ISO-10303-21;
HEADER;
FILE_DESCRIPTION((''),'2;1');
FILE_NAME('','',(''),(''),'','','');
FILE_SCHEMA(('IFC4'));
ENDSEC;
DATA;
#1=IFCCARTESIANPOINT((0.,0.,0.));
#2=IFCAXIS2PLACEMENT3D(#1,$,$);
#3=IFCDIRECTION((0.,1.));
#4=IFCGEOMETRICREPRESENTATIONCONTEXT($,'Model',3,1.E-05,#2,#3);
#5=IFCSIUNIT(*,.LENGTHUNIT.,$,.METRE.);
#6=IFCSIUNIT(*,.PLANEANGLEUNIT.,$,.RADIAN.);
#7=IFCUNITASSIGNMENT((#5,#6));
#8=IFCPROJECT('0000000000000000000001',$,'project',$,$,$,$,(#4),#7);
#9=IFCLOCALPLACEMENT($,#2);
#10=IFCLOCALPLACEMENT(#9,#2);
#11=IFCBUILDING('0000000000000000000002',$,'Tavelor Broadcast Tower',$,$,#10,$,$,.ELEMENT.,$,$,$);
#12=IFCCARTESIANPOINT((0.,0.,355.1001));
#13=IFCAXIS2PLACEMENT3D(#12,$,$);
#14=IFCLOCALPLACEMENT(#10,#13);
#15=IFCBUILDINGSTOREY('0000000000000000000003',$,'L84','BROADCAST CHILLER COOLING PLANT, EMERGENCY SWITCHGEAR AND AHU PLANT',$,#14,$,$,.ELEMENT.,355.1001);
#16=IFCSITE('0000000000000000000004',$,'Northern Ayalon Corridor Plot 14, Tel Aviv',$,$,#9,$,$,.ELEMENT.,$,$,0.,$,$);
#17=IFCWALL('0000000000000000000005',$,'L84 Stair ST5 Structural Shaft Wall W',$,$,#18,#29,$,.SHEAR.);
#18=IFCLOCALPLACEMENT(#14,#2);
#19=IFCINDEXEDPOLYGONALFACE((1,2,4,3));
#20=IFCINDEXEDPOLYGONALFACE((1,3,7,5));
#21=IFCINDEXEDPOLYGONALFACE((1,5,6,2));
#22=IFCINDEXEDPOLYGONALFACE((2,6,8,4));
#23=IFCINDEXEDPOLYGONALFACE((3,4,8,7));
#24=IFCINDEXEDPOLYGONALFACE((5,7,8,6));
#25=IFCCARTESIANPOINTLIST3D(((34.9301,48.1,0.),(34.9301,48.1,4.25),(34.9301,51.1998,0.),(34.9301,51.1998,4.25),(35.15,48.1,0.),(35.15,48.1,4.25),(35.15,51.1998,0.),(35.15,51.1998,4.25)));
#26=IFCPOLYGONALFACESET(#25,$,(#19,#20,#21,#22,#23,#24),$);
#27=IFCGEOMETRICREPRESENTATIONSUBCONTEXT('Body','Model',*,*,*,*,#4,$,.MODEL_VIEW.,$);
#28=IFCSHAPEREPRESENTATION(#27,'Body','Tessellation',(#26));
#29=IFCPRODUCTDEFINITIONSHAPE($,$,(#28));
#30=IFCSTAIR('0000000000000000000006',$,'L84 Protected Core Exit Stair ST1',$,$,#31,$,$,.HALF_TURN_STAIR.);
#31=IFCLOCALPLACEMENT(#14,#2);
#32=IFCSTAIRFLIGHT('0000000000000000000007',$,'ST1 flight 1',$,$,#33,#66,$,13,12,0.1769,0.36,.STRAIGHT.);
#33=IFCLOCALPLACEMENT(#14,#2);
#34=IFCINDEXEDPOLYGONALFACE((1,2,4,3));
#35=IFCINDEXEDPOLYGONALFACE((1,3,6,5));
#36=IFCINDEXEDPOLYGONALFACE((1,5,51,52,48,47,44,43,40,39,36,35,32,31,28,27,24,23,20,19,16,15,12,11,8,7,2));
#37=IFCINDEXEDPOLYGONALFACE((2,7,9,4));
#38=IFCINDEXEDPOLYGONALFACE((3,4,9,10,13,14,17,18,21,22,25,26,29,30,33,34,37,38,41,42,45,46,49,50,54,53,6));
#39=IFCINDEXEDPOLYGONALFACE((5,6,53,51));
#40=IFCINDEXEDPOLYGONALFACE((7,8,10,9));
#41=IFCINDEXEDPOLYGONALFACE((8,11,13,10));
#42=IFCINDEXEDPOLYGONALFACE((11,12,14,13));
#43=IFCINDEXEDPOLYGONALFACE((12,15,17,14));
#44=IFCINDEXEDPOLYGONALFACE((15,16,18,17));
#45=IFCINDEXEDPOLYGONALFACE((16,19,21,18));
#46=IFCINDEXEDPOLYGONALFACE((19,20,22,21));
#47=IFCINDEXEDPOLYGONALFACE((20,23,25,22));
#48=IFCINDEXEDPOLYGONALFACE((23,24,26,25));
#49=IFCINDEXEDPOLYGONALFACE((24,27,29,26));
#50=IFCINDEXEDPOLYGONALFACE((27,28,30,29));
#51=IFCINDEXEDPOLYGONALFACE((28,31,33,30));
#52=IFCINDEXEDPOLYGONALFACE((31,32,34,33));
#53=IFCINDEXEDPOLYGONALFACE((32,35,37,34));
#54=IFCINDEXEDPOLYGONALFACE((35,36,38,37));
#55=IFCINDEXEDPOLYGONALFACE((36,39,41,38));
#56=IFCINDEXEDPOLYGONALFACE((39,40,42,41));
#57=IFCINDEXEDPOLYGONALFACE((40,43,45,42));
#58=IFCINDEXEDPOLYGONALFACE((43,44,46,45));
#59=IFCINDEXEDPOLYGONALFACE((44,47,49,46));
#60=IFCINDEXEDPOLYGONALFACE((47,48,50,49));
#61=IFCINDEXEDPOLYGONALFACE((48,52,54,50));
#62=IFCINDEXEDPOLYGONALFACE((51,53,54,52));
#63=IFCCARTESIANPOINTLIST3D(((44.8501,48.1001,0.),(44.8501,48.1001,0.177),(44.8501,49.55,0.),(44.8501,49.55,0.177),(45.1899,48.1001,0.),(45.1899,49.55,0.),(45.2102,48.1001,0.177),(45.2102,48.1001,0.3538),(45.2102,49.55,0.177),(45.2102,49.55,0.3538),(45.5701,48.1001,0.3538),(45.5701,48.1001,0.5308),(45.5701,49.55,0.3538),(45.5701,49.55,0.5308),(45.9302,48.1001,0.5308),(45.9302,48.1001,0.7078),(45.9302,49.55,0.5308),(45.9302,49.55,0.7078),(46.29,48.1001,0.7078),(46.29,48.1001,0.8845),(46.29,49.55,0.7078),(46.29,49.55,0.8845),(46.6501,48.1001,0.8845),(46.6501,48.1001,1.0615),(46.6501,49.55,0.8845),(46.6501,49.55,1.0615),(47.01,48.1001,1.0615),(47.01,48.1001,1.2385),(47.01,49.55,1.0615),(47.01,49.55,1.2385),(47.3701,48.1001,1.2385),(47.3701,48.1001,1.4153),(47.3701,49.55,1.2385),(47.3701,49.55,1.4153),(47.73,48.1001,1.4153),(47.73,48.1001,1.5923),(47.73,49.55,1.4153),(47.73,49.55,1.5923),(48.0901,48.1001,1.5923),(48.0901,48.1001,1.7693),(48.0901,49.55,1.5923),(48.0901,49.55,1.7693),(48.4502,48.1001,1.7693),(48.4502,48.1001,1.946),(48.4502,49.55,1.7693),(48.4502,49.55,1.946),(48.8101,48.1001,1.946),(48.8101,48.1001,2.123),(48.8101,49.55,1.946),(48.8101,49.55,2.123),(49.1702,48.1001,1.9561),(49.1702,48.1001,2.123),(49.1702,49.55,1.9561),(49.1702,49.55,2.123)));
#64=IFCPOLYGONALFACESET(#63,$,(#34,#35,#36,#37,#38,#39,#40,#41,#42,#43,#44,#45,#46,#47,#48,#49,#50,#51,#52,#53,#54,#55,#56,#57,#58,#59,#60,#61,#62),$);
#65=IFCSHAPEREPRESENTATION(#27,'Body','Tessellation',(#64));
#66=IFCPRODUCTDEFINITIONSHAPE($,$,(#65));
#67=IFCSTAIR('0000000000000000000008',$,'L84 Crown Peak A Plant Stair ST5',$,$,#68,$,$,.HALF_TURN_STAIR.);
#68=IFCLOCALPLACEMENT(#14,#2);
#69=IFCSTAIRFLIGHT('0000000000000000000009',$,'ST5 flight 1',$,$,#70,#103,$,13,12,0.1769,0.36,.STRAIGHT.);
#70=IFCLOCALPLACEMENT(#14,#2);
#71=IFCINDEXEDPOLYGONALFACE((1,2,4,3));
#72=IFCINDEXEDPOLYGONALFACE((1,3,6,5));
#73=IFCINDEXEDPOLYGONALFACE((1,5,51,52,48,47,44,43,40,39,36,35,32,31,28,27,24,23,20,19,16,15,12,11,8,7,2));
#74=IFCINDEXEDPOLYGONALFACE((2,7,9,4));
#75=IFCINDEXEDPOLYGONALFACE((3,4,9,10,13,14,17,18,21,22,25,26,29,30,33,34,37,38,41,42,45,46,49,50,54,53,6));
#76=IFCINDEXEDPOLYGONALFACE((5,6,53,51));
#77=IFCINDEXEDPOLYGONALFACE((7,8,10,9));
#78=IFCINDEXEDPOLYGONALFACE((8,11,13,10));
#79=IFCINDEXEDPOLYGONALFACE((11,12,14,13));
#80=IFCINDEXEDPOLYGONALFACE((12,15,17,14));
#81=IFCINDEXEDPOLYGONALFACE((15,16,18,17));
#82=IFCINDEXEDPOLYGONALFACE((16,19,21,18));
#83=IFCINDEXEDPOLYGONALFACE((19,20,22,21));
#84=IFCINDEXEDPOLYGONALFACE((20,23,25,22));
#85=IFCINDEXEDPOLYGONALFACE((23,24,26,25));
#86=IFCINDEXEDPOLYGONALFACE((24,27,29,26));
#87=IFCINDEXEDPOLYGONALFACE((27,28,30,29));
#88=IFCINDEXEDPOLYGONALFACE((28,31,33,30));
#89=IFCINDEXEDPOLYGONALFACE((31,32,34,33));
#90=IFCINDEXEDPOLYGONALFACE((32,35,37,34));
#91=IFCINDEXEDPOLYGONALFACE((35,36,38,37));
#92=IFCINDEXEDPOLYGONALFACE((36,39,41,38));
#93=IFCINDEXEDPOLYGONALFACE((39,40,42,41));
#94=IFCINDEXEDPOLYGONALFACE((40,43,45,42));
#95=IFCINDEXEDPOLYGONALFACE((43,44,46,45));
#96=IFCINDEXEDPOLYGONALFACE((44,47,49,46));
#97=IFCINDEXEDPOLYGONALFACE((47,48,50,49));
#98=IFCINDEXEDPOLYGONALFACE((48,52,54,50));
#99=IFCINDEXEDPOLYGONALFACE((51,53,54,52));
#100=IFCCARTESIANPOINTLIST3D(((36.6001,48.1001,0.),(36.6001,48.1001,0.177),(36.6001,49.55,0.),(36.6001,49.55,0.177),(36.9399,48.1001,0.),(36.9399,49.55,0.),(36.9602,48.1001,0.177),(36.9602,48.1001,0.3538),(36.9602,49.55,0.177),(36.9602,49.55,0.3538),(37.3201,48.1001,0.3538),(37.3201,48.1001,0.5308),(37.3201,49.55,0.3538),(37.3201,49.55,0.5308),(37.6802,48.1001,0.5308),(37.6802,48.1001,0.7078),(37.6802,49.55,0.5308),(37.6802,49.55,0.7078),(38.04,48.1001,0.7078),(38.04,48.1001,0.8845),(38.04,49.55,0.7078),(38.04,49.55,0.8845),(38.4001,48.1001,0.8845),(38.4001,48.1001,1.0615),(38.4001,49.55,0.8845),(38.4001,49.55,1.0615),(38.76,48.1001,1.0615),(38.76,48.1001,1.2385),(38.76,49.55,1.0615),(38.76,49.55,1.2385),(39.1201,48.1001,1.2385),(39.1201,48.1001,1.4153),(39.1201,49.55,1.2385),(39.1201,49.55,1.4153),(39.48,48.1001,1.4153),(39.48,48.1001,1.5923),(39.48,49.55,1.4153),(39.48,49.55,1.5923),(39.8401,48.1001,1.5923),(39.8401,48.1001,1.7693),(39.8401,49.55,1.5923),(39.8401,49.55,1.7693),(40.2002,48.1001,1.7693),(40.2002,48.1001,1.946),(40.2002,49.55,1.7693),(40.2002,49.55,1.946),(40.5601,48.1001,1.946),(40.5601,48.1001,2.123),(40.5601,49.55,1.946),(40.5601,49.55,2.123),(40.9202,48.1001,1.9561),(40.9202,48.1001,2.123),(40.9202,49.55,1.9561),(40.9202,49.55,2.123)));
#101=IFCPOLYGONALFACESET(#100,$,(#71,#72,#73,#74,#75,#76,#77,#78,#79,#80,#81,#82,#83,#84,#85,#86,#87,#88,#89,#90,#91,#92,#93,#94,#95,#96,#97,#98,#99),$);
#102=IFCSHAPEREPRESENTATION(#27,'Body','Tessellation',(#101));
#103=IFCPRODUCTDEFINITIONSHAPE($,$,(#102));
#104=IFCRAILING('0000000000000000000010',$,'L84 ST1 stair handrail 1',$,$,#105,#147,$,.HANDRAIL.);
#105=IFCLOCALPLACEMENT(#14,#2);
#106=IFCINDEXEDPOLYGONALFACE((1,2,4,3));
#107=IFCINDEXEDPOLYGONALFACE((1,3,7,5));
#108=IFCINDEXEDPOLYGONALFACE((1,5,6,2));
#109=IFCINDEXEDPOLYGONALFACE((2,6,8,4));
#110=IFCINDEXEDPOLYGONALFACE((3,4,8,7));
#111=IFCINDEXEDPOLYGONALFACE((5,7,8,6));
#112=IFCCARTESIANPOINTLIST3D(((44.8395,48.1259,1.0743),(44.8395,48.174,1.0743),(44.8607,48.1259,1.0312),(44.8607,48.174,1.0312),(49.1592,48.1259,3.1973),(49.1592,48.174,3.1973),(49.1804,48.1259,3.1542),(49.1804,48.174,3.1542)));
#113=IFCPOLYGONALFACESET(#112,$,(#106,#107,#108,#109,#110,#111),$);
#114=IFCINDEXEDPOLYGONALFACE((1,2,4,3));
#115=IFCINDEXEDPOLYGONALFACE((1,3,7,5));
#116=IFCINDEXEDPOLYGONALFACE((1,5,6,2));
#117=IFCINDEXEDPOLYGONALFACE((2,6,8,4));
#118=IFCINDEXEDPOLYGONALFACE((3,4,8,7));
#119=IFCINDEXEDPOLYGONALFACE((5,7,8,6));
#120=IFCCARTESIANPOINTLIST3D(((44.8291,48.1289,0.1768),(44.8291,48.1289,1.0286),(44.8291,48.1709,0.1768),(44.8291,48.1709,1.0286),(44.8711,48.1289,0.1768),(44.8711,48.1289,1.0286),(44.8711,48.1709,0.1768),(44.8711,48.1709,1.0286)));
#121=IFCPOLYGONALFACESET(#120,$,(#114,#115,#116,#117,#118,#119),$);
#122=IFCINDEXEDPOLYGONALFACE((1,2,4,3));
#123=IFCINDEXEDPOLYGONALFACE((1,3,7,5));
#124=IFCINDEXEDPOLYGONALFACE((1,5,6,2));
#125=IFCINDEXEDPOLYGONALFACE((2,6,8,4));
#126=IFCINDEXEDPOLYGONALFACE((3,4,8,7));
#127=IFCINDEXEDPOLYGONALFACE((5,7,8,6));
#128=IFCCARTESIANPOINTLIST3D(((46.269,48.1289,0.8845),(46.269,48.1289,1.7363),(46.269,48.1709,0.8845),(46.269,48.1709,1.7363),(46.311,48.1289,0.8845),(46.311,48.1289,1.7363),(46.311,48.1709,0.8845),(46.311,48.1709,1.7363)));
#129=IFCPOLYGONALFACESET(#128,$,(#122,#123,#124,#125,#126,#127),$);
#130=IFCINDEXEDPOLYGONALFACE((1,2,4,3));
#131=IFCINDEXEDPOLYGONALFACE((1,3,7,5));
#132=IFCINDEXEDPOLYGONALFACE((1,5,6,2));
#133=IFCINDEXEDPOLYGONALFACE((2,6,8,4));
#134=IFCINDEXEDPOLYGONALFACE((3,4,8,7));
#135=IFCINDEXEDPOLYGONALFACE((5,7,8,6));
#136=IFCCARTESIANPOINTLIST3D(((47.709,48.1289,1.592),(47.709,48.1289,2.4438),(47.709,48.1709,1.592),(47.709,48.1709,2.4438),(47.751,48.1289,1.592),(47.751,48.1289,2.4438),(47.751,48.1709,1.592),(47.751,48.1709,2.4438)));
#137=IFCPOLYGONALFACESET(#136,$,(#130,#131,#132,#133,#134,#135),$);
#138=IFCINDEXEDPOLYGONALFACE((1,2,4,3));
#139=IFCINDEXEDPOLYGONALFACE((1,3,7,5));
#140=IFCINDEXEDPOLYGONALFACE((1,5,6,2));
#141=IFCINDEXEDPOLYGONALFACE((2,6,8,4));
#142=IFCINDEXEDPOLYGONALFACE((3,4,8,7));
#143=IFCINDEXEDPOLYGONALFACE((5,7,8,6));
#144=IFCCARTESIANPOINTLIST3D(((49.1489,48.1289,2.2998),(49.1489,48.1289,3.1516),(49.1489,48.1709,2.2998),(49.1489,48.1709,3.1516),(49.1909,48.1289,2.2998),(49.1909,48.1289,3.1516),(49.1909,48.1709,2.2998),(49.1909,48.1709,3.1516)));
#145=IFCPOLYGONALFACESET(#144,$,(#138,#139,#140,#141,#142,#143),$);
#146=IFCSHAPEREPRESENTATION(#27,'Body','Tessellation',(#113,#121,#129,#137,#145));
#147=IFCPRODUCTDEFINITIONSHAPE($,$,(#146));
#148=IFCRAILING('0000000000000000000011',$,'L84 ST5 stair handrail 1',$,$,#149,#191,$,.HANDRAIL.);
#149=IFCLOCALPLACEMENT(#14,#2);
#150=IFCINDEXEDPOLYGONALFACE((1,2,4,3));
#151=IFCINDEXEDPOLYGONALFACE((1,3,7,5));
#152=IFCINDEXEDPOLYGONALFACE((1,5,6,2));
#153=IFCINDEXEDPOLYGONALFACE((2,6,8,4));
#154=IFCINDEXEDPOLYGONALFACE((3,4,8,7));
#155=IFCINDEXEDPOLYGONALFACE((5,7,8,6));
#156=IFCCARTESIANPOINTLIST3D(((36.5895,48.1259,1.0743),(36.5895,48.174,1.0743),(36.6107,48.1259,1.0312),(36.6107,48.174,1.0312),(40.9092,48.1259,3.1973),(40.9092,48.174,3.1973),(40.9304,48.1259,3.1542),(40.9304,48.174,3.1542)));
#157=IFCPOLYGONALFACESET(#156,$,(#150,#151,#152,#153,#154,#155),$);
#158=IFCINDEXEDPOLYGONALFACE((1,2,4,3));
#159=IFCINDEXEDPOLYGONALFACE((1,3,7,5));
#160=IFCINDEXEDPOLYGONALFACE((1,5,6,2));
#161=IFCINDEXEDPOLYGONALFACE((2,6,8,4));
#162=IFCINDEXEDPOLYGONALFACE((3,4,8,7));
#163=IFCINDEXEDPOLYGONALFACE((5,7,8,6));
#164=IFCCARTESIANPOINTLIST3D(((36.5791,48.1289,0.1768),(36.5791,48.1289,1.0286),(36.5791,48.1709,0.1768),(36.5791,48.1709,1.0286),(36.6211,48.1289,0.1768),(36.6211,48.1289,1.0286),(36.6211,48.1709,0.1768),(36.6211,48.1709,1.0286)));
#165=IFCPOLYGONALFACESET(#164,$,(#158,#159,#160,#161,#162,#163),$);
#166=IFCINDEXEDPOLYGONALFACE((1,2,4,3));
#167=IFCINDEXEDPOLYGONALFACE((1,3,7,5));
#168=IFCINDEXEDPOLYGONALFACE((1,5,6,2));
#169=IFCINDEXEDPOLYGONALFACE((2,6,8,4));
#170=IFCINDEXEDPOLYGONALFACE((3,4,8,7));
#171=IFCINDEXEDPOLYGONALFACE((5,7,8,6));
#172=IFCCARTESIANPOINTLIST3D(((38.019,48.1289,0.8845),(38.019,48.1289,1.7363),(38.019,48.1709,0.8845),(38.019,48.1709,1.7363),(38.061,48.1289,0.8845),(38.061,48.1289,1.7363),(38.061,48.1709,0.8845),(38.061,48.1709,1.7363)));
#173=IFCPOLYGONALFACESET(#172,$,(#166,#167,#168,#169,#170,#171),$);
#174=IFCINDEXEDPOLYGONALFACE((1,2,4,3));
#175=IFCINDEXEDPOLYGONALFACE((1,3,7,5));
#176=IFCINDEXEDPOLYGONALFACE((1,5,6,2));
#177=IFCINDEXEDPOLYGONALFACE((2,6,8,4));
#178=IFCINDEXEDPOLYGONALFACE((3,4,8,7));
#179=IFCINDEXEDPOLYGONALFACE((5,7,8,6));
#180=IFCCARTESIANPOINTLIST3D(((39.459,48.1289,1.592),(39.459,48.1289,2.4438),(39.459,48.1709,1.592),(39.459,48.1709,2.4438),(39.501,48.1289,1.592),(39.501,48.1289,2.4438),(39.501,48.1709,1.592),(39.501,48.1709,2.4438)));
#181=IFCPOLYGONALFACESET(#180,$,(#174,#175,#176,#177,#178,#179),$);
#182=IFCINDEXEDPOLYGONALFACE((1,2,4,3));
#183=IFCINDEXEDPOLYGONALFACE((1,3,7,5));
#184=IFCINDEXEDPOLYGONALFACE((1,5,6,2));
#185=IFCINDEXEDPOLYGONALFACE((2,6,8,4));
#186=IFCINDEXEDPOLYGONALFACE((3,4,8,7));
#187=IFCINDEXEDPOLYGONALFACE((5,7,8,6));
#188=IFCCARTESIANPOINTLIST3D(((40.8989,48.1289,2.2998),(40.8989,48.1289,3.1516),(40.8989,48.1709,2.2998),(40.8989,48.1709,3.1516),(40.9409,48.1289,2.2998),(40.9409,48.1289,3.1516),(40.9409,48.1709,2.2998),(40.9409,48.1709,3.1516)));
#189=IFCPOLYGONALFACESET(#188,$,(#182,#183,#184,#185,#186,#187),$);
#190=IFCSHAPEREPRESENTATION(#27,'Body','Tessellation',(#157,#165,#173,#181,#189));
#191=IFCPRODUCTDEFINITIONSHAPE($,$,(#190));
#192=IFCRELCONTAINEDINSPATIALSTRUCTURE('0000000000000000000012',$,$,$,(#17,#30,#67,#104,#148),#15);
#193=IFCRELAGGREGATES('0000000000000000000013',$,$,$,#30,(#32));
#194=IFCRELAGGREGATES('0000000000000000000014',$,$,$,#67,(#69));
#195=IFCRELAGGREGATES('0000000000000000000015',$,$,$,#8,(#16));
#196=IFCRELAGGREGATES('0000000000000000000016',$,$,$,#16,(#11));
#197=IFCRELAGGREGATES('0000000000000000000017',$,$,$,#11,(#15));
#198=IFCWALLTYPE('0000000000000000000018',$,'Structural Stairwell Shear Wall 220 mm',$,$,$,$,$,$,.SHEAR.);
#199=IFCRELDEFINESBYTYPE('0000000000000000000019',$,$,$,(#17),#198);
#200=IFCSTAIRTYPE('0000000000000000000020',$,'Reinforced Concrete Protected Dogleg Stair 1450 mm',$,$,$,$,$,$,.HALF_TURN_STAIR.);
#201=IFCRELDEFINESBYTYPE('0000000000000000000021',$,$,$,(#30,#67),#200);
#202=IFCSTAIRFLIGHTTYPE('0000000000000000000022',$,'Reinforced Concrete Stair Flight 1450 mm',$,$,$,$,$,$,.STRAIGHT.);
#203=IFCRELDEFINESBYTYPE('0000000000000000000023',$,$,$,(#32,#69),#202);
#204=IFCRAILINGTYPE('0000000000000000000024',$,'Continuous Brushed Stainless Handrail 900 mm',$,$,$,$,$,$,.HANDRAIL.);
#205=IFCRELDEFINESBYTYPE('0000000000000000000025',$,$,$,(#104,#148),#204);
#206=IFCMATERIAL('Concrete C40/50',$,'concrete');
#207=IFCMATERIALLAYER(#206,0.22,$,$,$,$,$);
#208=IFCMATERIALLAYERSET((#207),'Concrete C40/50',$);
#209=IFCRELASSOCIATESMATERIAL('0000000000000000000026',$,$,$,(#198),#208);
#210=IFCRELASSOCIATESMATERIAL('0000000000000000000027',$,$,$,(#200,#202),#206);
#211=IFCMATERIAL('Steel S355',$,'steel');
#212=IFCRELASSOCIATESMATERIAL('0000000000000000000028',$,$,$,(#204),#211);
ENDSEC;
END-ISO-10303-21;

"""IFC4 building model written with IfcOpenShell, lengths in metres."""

from ifc_helpers import new_model, si_unit, direction, frame, frame_2d, origin, origin_2d, place, context, subcontext, project, spatial, polyline, rectangle, outline, extrude, material, layer, layer_set, type_object, element, aggregate, save


model = new_model("IFC4")

# Units and contexts
model_context = context("Model", 3, precision=1e-05, world=origin(), true_north=direction((0.0, 1.0)))
body_context = subcontext(model_context, "Body", "Model", "MODEL_VIEW")
ifc_project = project(units=[si_unit("LENGTHUNIT", "METRE"), si_unit("PLANEANGLEUNIT", "RADIAN")], contexts=[model_context])

# Site, building, storey
site_placement = place(None, origin())
site = spatial("IfcSite", under=ifc_project, at=site_placement, Name="Northern Ayalon Corridor Plot 14, Tel Aviv", CompositionType="ELEMENT", RefElevation=0.0)
building_placement = place(site_placement, origin())
building = spatial("IfcBuilding", under=site, at=building_placement, Name="Tavelor Broadcast Tower", CompositionType="ELEMENT")
storey_placement = place(building_placement, frame((0.0, 0.0, 355.1001)))
storey = spatial("IfcBuildingStorey", under=building, at=storey_placement, Name="L84", Description="BROADCAST CHILLER COOLING PLANT, EMERGENCY SWITCHGEAR AND AHU PLANT", CompositionType="ELEMENT", Elevation=355.1001)

# Shared definitions
ifc_material_1 = material(Name="Steel S355", Category="steel")

# Shared definitions
ifc_material_2 = material(Name="Concrete C40/50", Category="concrete")
ifc_layer_1 = layer(ifc_material_2, 0.22)
ifc_layer_set_1 = layer_set([ifc_layer_1], Name="Concrete C40/50")
wall_type_1 = type_object("IfcWallType", Name="Structural Stairwell Shear Wall 220 mm", PredefinedType="SHEAR", material=ifc_layer_set_1)

# Wall
for number, where, z_axis, x_axis, name in (
    (1, (35.04, 48.1001, 0.0), (0.0, 0.0, 1.0), (0.0, 1.0, 0.0), "L84 Stair ST5 Structural Shaft Wall W"),
):
    element("IfcWall", number, at=place(storey_placement, frame(where, z_axis=z_axis, x_axis=x_axis)), inside=storey, type_object=wall_type_1, Name=name, PredefinedType="SHEAR", context=body_context, shape_type="SweptSolid", body=[
        extrude(rectangle(XDim=3.0999, YDim=0.22, at=frame_2d((1.5498, 0.0))), origin(), (0.0, 0.0, 1.0), 4.25),
    ])

# Stairs, stair flights
stair_type = type_object("IfcStairType", Name="Reinforced Concrete Protected Dogleg Stair 1450 mm", PredefinedType="HALF_TURN_STAIR", material=ifc_material_2)
stair_1_placement = place(storey_placement, origin())
stair_1 = element("IfcStair", 2, at=stair_1_placement, inside=storey, type_object=stair_type, Name="L84 Protected Core Exit Stair ST1", PredefinedType="HALF_TURN_STAIR")
stair_flight_type = type_object("IfcStairFlightType", Name="Reinforced Concrete Stair Flight 1450 mm", PredefinedType="STRAIGHT", material=ifc_material_2)
stair_flight_1_placement = place(storey_placement, frame((44.8501, 48.825, 0.0), z_axis=(0.0, 0.0, 1.0), x_axis=(1.0, 0.0, 0.0)))
stair_flight_1 = element("IfcStairFlight", 3, at=stair_flight_1_placement, type_object=stair_flight_type, Name="ST1 flight 1", NumberOfRisers=13, NumberOfTreads=12, PredefinedType="STRAIGHT", RiserHeight=0.1769, TreadLength=0.36, context=body_context, shape_type="SweptSolid", body=[
    extrude(outline(polyline([(0.0, 0.0), (0.0, 0.177), (0.3601, 0.177), (0.3601, 0.3538), (0.72, 0.3538), (0.72, 0.5308), (1.0801, 0.5308), (1.0801, 0.7078), (1.4399, 0.7078), (1.4399, 0.8845), (1.8, 0.8845), (1.8, 1.0615), (2.1599, 1.0615), (2.1599, 1.2385), (2.52, 1.2385), (2.52, 1.4153), (2.8799, 1.4153), (2.8799, 1.5923), (3.24, 1.5923), (3.24, 1.7693), (3.6001, 1.7693), (3.6001, 1.946), (3.96, 1.946), (3.96, 2.123), (4.3201, 2.123), (4.3201, 2.3), (4.3201, 1.9561), (0.3398, 0.0), (0.0, 0.0)])), frame((0.0, 0.7251, 0.0), z_axis=(0.0, -1.0, 0.0), x_axis=(1.0, 0.0, 0.0)), (0.0, 0.0, 1.0), 1.45),
])
aggregate(stair_1, [stair_flight_1])
stair_2_placement = place(storey_placement, origin())
stair_2 = element("IfcStair", 4, at=stair_2_placement, inside=storey, type_object=stair_type, Name="L84 Crown Peak A Plant Stair ST5", PredefinedType="HALF_TURN_STAIR")
stair_flight_2_placement = place(storey_placement, frame((36.6001, 48.825, 0.0), z_axis=(0.0, 0.0, 1.0), x_axis=(1.0, 0.0, 0.0)))
stair_flight_2 = element("IfcStairFlight", 5, at=stair_flight_2_placement, type_object=stair_flight_type, Name="ST5 flight 1", NumberOfRisers=13, NumberOfTreads=12, PredefinedType="STRAIGHT", RiserHeight=0.1769, TreadLength=0.36, context=body_context, shape_type="SweptSolid", body=[
    extrude(outline(polyline([(0.0, 0.0), (0.0, 0.177), (0.3601, 0.177), (0.3601, 0.3538), (0.72, 0.3538), (0.72, 0.5308), (1.0801, 0.5308), (1.0801, 0.7078), (1.4399, 0.7078), (1.4399, 0.8845), (1.8, 0.8845), (1.8, 1.0615), (2.1599, 1.0615), (2.1599, 1.2385), (2.52, 1.2385), (2.52, 1.4153), (2.8799, 1.4153), (2.8799, 1.5923), (3.24, 1.5923), (3.24, 1.7693), (3.6001, 1.7693), (3.6001, 1.946), (3.96, 1.946), (3.96, 2.123), (4.3201, 2.123), (4.3201, 2.3), (4.3201, 1.9561), (0.3398, 0.0), (0.0, 0.0)])), frame((0.0, 0.7251, 0.0), z_axis=(0.0, -1.0, 0.0), x_axis=(1.0, 0.0, 0.0)), (0.0, 0.0, 1.0), 1.45),
])
aggregate(stair_2, [stair_flight_2])

# Railings
railing_type = type_object("IfcRailingType", Name="Continuous Brushed Stainless Handrail 900 mm", PredefinedType="HANDRAIL", material=ifc_material_1)
for number, where, name in (
    (6, (44.8501, 48.1499, 0.1768), "L84 ST1 stair handrail 1"),
    (7, (36.6001, 48.1499, 0.1768), "L84 ST5 stair handrail 1"),
):
    element("IfcRailing", number, at=place(storey_placement, frame(where)), inside=storey, type_object=railing_type, Name=name, PredefinedType="HANDRAIL", context=body_context, shape_type="SweptSolid", body=[
        extrude(rectangle(XDim=0.0481, YDim=0.0481, at=origin_2d()), frame((0.0, 0.0, 0.876), z_axis=(0.89747, 0.0, 0.441076), x_axis=(0.0, 1.0, 0.0)), (0.0, 0.0, 1.0), 4.8132),
        extrude(rectangle(XDim=0.042, YDim=0.042, at=origin_2d()), origin(), (0.0, 0.0, 1.0), 0.8518),
        extrude(rectangle(XDim=0.042, YDim=0.042, at=origin_2d()), frame((1.4399, 0.0, 0.7078)), (0.0, 0.0, 1.0), 0.8518),
        extrude(rectangle(XDim=0.042, YDim=0.042, at=origin_2d()), frame((2.8799, 0.0, 1.4153)), (0.0, 0.0, 1.0), 0.8518),
        extrude(rectangle(XDim=0.042, YDim=0.042, at=origin_2d()), frame((4.3198, 0.0, 2.123)), (0.0, 0.0, 1.0), 0.8518),
    ])

save(model, "model.ifc")
